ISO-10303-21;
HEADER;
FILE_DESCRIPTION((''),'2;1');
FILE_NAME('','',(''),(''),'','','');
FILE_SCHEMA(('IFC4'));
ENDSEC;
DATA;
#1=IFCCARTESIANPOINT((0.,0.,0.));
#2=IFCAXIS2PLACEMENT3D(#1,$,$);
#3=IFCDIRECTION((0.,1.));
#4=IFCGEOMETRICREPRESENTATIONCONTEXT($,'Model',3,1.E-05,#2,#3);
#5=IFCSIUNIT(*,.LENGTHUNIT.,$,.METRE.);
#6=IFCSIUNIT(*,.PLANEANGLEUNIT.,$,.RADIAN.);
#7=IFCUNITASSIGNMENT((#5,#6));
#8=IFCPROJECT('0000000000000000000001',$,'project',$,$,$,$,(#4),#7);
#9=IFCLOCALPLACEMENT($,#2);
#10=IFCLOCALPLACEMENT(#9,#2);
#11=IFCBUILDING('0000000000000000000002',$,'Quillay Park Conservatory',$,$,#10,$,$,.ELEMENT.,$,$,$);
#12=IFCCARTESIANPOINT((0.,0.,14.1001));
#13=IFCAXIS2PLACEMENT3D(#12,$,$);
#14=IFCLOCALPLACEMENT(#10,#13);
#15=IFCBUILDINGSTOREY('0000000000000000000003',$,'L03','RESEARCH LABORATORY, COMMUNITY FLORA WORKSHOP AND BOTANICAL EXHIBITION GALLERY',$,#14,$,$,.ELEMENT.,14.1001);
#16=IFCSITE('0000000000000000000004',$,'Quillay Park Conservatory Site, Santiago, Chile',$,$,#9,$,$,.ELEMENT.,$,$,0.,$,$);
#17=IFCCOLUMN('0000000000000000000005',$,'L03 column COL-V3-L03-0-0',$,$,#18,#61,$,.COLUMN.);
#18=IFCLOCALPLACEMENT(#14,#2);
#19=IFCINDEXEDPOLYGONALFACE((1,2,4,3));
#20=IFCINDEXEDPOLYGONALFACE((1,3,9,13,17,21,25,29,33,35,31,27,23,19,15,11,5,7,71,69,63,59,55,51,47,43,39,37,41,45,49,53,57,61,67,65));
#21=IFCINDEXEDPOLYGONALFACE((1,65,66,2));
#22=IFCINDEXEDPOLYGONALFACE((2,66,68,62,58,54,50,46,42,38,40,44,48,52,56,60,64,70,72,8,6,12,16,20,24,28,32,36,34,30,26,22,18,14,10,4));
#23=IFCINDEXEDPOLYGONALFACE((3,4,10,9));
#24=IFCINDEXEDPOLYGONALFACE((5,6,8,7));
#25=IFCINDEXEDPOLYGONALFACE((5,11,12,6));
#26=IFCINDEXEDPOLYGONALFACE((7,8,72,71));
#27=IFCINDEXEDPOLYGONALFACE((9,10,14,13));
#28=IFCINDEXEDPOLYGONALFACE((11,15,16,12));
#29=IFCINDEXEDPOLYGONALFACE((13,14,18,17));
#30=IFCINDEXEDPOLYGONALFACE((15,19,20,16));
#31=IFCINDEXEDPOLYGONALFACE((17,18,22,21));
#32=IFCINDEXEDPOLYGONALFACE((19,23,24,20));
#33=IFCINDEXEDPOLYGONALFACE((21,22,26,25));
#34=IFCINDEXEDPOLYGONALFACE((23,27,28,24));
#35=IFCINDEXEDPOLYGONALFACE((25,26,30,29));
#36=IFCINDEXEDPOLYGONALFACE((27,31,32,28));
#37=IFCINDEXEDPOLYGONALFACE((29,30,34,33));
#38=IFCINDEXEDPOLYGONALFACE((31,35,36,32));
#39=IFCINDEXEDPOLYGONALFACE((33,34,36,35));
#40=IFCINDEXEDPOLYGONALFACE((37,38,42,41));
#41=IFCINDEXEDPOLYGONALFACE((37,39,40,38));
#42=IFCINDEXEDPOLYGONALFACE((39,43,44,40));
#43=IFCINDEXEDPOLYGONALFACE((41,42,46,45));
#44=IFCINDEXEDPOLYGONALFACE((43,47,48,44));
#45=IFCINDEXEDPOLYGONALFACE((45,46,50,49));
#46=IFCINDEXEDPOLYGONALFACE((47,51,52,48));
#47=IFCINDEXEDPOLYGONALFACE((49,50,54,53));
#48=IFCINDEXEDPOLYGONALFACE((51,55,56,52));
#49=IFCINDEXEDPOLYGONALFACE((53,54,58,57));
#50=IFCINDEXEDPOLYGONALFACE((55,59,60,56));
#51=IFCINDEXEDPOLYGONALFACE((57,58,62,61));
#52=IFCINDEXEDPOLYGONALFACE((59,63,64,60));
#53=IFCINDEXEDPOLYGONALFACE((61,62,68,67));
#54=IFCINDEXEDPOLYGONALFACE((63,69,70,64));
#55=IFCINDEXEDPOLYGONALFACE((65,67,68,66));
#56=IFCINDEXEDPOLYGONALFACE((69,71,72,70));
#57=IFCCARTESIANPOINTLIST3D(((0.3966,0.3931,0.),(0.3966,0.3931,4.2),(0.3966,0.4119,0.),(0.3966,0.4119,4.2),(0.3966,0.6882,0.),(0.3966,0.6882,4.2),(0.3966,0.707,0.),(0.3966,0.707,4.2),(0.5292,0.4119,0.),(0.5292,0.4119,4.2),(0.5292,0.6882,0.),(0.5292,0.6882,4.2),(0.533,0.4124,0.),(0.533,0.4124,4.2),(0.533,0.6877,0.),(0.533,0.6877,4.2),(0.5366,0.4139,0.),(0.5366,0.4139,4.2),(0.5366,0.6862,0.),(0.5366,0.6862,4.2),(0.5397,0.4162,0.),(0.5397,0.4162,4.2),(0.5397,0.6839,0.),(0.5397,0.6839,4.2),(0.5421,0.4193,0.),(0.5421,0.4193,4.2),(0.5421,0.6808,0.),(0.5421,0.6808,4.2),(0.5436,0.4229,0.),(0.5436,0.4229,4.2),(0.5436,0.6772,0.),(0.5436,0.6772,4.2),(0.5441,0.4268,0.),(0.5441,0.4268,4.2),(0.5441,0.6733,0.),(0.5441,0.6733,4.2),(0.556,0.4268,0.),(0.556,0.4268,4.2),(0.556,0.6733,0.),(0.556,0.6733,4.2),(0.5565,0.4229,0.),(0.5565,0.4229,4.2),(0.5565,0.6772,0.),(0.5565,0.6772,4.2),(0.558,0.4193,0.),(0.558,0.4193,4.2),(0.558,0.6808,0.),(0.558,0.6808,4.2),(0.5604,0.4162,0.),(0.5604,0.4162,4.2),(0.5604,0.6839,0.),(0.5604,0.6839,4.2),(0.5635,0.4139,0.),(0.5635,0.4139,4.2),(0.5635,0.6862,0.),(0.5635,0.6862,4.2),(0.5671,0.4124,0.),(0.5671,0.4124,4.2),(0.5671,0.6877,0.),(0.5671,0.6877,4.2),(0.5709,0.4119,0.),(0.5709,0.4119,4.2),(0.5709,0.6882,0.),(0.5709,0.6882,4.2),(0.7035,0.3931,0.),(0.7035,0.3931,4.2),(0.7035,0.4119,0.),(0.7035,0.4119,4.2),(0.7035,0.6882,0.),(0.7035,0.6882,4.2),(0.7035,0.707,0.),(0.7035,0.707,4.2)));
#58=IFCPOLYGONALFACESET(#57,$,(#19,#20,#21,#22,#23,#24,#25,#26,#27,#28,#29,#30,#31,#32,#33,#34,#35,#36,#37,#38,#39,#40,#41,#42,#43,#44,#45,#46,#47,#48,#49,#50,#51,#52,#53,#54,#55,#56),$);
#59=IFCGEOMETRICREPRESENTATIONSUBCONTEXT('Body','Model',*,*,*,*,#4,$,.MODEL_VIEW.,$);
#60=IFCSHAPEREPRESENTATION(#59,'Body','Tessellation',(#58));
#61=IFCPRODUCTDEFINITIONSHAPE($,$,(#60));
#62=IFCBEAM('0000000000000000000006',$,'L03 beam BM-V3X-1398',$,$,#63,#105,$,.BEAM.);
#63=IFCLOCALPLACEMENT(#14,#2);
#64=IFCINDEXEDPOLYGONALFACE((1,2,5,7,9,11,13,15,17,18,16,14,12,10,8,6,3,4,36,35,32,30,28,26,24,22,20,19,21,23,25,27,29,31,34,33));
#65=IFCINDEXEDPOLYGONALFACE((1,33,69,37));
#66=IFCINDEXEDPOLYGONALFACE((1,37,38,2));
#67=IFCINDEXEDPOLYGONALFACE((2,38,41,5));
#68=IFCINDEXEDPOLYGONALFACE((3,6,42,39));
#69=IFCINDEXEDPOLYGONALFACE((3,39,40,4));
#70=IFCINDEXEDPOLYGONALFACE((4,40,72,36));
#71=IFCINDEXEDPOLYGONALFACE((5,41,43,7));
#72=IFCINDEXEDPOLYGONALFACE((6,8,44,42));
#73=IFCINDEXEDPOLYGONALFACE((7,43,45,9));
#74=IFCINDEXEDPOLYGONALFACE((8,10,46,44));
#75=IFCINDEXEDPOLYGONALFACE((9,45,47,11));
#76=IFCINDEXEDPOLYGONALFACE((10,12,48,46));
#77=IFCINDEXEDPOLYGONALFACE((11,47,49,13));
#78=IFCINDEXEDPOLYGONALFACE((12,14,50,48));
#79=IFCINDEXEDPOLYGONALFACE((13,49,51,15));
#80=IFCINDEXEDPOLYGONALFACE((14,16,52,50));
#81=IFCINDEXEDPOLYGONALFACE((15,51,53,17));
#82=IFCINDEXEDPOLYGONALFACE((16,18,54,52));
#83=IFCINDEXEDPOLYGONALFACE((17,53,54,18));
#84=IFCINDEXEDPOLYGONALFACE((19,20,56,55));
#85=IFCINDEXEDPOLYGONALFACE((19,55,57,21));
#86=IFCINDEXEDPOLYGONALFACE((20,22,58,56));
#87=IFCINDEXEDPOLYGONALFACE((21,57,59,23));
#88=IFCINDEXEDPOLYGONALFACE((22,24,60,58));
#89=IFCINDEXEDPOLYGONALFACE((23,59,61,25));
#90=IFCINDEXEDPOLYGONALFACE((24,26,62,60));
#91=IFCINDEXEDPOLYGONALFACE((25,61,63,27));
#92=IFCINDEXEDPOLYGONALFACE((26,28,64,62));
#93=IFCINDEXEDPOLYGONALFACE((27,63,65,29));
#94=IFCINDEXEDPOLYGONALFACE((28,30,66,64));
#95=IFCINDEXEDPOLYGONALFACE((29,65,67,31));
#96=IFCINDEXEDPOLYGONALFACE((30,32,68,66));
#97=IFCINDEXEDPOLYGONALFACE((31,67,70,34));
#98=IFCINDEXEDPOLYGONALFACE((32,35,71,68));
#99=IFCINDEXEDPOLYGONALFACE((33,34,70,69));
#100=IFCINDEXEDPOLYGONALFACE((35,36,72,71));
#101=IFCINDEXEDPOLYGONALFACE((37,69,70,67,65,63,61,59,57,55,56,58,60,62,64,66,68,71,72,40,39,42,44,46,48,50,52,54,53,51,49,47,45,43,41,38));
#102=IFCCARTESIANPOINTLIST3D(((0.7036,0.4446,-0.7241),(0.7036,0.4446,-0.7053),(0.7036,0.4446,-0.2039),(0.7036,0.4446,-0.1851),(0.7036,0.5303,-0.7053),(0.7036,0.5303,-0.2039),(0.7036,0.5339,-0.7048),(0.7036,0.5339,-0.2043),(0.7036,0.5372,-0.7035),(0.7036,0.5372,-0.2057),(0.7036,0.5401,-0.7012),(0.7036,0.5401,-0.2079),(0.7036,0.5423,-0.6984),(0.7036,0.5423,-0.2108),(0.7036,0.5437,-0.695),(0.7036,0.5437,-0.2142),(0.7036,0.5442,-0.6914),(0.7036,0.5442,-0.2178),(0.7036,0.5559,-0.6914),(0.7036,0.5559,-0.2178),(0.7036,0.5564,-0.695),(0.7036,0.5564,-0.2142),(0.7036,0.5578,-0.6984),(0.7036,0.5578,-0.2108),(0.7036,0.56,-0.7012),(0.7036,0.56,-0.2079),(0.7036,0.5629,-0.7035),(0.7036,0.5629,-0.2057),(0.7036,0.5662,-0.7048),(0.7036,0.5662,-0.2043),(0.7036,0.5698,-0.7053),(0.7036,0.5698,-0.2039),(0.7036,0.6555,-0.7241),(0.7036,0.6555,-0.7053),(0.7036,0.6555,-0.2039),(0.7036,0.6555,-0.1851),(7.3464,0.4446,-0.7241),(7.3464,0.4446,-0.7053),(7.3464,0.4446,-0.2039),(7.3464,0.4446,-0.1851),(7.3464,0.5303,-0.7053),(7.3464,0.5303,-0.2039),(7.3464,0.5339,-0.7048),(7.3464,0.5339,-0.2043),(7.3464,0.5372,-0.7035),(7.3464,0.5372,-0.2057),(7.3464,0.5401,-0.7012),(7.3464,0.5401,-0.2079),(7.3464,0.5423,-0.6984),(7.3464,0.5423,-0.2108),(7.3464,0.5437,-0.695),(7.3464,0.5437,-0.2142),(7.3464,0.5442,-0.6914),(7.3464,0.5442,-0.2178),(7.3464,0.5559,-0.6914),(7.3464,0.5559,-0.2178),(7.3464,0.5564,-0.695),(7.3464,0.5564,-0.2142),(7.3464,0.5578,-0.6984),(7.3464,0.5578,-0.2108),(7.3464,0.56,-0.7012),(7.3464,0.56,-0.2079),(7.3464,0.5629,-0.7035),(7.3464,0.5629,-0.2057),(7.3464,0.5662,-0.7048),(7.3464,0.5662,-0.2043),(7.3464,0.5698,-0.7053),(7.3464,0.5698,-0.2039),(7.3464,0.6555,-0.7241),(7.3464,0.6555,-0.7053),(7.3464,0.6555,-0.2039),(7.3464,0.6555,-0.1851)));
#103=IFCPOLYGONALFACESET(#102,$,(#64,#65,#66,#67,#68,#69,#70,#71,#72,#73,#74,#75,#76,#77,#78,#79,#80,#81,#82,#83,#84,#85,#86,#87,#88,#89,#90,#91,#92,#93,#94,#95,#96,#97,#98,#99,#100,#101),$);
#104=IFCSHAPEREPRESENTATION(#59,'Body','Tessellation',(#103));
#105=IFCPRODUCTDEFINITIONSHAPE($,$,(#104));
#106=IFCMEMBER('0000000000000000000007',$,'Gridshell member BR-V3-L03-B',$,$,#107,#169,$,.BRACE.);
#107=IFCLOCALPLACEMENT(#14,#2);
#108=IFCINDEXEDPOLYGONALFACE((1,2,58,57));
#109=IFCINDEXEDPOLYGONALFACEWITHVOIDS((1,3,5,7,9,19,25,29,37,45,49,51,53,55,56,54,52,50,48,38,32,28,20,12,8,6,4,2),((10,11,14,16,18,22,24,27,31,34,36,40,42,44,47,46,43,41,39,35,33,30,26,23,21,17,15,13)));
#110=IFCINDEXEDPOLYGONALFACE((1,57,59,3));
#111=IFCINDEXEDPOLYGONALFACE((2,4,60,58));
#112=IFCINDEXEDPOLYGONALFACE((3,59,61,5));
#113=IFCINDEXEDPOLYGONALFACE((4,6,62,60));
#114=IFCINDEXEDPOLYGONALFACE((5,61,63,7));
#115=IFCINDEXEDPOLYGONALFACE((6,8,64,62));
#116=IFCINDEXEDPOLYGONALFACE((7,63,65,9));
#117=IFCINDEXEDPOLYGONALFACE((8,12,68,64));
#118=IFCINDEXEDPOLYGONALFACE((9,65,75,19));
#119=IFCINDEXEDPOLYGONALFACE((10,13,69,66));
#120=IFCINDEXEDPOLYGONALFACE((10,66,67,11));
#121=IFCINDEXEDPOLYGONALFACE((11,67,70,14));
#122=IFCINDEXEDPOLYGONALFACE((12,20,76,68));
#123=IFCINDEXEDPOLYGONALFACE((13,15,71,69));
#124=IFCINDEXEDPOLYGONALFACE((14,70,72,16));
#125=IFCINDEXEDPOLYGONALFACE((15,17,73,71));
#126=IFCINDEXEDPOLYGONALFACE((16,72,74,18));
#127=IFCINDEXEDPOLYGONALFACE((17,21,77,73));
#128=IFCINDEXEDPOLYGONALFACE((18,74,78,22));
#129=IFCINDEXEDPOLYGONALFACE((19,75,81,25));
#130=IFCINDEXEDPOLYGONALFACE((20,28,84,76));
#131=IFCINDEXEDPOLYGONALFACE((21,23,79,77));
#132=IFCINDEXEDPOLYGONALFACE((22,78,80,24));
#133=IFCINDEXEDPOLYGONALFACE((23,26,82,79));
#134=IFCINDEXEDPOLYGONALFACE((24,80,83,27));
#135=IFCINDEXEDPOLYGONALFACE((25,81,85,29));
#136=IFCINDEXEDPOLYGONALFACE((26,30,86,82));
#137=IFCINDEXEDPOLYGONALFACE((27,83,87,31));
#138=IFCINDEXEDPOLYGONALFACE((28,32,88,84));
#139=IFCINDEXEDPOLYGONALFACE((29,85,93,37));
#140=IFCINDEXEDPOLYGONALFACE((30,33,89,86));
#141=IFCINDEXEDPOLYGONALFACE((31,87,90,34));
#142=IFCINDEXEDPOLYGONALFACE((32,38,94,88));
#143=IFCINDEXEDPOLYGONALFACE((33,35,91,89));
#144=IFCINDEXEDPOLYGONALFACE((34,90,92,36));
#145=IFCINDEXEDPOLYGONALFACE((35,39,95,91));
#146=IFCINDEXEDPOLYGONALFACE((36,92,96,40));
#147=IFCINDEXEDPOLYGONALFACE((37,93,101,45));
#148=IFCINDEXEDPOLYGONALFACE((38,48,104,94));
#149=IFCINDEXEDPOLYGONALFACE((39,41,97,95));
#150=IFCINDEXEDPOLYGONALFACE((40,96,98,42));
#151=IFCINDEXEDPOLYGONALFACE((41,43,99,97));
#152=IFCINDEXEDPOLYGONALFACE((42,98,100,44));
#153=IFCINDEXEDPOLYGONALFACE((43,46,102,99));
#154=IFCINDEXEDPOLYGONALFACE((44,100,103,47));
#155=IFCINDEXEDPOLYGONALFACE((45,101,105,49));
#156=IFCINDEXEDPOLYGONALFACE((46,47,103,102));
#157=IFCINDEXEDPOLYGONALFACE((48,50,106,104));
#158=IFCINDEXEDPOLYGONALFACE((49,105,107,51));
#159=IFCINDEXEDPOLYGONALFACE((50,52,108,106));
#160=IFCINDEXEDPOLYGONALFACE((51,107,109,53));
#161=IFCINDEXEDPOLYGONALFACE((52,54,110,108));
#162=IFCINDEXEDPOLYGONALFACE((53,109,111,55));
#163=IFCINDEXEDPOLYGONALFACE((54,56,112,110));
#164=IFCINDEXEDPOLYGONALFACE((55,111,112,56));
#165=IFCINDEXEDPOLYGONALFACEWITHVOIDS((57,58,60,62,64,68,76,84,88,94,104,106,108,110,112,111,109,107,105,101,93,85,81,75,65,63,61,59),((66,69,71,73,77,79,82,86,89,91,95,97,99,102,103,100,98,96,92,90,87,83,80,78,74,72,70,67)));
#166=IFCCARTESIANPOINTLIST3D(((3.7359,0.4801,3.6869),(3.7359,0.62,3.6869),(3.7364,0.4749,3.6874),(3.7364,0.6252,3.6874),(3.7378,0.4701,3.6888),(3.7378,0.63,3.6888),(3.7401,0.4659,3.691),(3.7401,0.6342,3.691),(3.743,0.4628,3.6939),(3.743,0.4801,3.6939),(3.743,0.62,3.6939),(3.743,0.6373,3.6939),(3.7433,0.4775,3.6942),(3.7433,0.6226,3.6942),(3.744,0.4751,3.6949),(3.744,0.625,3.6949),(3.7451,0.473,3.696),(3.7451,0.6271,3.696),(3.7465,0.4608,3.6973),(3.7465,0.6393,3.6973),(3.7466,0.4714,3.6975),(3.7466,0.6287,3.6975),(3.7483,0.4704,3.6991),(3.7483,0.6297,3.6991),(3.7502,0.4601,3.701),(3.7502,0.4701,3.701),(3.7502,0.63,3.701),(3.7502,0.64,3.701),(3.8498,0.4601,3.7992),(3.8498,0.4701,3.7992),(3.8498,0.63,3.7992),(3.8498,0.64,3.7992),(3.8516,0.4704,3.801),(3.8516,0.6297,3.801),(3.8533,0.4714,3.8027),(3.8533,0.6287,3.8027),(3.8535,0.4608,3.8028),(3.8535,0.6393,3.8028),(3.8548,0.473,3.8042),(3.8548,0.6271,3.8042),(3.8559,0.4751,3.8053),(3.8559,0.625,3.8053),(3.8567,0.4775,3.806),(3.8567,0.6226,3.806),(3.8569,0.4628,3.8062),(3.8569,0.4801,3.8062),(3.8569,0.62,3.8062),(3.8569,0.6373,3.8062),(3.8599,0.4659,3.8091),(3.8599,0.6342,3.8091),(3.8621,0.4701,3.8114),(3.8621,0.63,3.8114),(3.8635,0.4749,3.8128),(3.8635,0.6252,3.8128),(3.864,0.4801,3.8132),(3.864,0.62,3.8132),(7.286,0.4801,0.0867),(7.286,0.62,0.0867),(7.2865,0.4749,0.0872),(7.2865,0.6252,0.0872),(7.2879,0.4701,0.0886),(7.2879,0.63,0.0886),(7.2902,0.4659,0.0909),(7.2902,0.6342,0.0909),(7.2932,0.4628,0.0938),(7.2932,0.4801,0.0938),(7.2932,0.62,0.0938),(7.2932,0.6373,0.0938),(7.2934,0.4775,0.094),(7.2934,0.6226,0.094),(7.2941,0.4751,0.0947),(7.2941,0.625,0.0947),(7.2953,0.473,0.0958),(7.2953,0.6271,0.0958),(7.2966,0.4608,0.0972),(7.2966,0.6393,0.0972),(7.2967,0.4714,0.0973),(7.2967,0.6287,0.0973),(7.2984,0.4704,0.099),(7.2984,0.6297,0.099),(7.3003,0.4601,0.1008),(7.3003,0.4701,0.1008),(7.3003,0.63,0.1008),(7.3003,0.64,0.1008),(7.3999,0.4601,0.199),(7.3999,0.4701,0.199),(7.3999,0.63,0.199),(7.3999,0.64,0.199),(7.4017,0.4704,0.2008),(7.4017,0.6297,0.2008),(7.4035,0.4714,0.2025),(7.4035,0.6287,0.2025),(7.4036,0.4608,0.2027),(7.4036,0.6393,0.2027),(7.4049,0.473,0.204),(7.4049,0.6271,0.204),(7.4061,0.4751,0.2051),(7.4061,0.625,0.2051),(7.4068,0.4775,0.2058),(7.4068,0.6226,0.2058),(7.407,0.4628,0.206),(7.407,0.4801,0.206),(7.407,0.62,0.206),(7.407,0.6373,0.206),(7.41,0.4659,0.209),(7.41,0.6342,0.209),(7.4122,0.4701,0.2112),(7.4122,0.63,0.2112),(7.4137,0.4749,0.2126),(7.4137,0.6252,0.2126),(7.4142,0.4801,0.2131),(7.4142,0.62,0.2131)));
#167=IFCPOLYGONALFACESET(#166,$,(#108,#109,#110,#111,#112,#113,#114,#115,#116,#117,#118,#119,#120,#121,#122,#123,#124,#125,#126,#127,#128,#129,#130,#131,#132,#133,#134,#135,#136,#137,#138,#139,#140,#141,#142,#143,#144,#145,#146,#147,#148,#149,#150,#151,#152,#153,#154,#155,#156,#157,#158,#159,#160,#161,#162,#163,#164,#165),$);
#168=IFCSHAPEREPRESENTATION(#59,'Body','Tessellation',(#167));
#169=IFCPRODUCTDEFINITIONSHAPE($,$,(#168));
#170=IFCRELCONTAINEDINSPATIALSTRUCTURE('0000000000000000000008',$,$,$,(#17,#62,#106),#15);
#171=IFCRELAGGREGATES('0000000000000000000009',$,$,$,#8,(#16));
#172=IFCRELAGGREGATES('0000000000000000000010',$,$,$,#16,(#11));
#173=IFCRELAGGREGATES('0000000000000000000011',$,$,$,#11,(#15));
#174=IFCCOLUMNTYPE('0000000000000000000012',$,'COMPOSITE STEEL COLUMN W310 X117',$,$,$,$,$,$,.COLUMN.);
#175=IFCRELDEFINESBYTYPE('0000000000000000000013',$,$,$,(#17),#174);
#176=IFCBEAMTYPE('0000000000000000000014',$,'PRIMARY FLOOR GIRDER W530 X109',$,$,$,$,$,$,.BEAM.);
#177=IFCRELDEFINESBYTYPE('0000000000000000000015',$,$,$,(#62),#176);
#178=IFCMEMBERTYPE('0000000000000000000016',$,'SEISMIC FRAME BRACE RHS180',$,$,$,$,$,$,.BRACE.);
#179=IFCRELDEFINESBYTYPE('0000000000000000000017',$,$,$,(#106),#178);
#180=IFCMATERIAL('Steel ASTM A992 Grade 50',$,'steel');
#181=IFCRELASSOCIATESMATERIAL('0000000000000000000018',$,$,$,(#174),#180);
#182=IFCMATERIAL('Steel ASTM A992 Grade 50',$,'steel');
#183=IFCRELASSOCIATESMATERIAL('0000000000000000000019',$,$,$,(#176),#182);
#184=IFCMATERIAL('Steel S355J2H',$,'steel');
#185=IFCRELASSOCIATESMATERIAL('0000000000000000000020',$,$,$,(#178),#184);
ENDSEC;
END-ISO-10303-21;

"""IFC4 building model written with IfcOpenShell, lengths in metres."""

from ifc_helpers import new_model, si_unit, direction, frame, origin, origin_2d, place, context, subcontext, project, spatial, hollow_rectangle, i_section, extrude, material, material_profile, profile_set, type_object, element, save


model = new_model("IFC4")

# Units and contexts
model_context = context("Model", 3, precision=1e-05, world=origin(), true_north=direction((0.0, 1.0)))
body_context = subcontext(model_context, "Body", "Model", "MODEL_VIEW")
ifc_project = project(units=[si_unit("LENGTHUNIT", "METRE"), si_unit("PLANEANGLEUNIT", "RADIAN")], contexts=[model_context])

# Site, building, storey
site_placement = place(None, origin())
site = spatial("IfcSite", under=ifc_project, at=site_placement, Name="Quillay Park Conservatory Site, Santiago, Chile", CompositionType="ELEMENT", RefElevation=0.0)
building_placement = place(site_placement, origin())
building = spatial("IfcBuilding", under=site, at=building_placement, Name="Quillay Park Conservatory", CompositionType="ELEMENT")
storey_placement = place(building_placement, frame((0.0, 0.0, 14.1001)))
storey = spatial("IfcBuildingStorey", under=building, at=storey_placement, Name="L03", Description="RESEARCH LABORATORY, COMMUNITY FLORA WORKSHOP AND BOTANICAL EXHIBITION GALLERY", CompositionType="ELEMENT", Elevation=14.1001)

# Column
ifc_material_1 = material(Name="Steel ASTM A992 Grade 50", Category="steel")
ifc_material_profile_1 = material_profile(ifc_material_1, i_section(OverallWidth=0.3069, OverallDepth=0.314, WebThickness=0.012, FlangeThickness=0.0188, FilletRadius=0.0149, at=origin_2d()), Name="W310x117")
ifc_profile_set_1 = profile_set([ifc_material_profile_1], Name="Steel ASTM A992 Grade 50")
column_type = type_object("IfcColumnType", Name="COMPOSITE STEEL COLUMN W310 X117", PredefinedType="COLUMN", material=ifc_profile_set_1)
column_placement = place(storey_placement, frame((0.55, 0.55, 0.0), z_axis=(0.0, 0.0, 1.0), x_axis=(1.0, 0.0, 0.0)))
element("IfcColumn", 1, at=column_placement, inside=storey, type_object=column_type, Name="L03 column COL-V3-L03-0-0", PredefinedType="COLUMN", context=body_context, shape_type="SweptSolid", body=[
    extrude(i_section(OverallWidth=0.3069, OverallDepth=0.314, WebThickness=0.012, FlangeThickness=0.0188, FilletRadius=0.0149, at=origin_2d()), origin(), (0.0, 0.0, 1.0), 4.2),
])

# Beam
ifc_material_2 = material(Name="Steel ASTM A992 Grade 50", Category="steel")
ifc_material_profile_2 = material_profile(ifc_material_2, i_section(OverallWidth=0.2109, OverallDepth=0.5391, WebThickness=0.0117, FlangeThickness=0.0188, FilletRadius=0.0139, at=origin_2d()), Name="W530x109")
ifc_profile_set_2 = profile_set([ifc_material_profile_2], Name="Steel ASTM A992 Grade 50")
beam_type = type_object("IfcBeamType", Name="PRIMARY FLOOR GIRDER W530 X109", PredefinedType="BEAM", material=ifc_profile_set_2)
beam_placement = place(storey_placement, frame((0.7036, 0.55, -0.4546), z_axis=(1.0, 0.0, 0.0), x_axis=(0.0, 1.0, 0.0)))
element("IfcBeam", 2, at=beam_placement, inside=storey, type_object=beam_type, Name="L03 beam BM-V3X-1398", PredefinedType="BEAM", context=body_context, shape_type="SweptSolid", body=[
    extrude(i_section(OverallWidth=0.2109, OverallDepth=0.5391, WebThickness=0.0117, FlangeThickness=0.0188, FilletRadius=0.0139, at=origin_2d()), origin(), (0.0, 0.0, 1.0), 6.6428),
])

# Member
ifc_material_3 = material(Name="Steel S355J2H", Category="steel")
ifc_material_profile_3 = material_profile(ifc_material_3, hollow_rectangle(XDim=0.1799, YDim=0.1799, WallThickness=0.01, InnerFilletRadius=0.01, OuterFilletRadius=0.02, at=origin_2d()), Name="RHS180x180x10")
ifc_profile_set_3 = profile_set([ifc_material_profile_3], Name="Steel S355J2H")
member_type_1 = type_object("IfcMemberType", Name="SEISMIC FRAME BRACE RHS180", PredefinedType="BRACE", material=ifc_profile_set_3)
member_1_placement = place(storey_placement, frame((7.3501, 0.55, 0.1499), z_axis=(-0.70214, 0.0, 0.712039), x_axis=(0.0, -1.0, 0.0)))
element("IfcMember", 3, at=member_1_placement, inside=storey, type_object=member_type_1, Name="Gridshell member BR-V3-L03-B", PredefinedType="BRACE", context=body_context, shape_type="SweptSolid", body=[
    extrude(hollow_rectangle(XDim=0.1799, YDim=0.1799, WallThickness=0.01, InnerFilletRadius=0.01, OuterFilletRadius=0.02, at=origin_2d()), origin(), (0.0, 0.0, 1.0), 5.0562),
])

save(model, "model.ifc")
